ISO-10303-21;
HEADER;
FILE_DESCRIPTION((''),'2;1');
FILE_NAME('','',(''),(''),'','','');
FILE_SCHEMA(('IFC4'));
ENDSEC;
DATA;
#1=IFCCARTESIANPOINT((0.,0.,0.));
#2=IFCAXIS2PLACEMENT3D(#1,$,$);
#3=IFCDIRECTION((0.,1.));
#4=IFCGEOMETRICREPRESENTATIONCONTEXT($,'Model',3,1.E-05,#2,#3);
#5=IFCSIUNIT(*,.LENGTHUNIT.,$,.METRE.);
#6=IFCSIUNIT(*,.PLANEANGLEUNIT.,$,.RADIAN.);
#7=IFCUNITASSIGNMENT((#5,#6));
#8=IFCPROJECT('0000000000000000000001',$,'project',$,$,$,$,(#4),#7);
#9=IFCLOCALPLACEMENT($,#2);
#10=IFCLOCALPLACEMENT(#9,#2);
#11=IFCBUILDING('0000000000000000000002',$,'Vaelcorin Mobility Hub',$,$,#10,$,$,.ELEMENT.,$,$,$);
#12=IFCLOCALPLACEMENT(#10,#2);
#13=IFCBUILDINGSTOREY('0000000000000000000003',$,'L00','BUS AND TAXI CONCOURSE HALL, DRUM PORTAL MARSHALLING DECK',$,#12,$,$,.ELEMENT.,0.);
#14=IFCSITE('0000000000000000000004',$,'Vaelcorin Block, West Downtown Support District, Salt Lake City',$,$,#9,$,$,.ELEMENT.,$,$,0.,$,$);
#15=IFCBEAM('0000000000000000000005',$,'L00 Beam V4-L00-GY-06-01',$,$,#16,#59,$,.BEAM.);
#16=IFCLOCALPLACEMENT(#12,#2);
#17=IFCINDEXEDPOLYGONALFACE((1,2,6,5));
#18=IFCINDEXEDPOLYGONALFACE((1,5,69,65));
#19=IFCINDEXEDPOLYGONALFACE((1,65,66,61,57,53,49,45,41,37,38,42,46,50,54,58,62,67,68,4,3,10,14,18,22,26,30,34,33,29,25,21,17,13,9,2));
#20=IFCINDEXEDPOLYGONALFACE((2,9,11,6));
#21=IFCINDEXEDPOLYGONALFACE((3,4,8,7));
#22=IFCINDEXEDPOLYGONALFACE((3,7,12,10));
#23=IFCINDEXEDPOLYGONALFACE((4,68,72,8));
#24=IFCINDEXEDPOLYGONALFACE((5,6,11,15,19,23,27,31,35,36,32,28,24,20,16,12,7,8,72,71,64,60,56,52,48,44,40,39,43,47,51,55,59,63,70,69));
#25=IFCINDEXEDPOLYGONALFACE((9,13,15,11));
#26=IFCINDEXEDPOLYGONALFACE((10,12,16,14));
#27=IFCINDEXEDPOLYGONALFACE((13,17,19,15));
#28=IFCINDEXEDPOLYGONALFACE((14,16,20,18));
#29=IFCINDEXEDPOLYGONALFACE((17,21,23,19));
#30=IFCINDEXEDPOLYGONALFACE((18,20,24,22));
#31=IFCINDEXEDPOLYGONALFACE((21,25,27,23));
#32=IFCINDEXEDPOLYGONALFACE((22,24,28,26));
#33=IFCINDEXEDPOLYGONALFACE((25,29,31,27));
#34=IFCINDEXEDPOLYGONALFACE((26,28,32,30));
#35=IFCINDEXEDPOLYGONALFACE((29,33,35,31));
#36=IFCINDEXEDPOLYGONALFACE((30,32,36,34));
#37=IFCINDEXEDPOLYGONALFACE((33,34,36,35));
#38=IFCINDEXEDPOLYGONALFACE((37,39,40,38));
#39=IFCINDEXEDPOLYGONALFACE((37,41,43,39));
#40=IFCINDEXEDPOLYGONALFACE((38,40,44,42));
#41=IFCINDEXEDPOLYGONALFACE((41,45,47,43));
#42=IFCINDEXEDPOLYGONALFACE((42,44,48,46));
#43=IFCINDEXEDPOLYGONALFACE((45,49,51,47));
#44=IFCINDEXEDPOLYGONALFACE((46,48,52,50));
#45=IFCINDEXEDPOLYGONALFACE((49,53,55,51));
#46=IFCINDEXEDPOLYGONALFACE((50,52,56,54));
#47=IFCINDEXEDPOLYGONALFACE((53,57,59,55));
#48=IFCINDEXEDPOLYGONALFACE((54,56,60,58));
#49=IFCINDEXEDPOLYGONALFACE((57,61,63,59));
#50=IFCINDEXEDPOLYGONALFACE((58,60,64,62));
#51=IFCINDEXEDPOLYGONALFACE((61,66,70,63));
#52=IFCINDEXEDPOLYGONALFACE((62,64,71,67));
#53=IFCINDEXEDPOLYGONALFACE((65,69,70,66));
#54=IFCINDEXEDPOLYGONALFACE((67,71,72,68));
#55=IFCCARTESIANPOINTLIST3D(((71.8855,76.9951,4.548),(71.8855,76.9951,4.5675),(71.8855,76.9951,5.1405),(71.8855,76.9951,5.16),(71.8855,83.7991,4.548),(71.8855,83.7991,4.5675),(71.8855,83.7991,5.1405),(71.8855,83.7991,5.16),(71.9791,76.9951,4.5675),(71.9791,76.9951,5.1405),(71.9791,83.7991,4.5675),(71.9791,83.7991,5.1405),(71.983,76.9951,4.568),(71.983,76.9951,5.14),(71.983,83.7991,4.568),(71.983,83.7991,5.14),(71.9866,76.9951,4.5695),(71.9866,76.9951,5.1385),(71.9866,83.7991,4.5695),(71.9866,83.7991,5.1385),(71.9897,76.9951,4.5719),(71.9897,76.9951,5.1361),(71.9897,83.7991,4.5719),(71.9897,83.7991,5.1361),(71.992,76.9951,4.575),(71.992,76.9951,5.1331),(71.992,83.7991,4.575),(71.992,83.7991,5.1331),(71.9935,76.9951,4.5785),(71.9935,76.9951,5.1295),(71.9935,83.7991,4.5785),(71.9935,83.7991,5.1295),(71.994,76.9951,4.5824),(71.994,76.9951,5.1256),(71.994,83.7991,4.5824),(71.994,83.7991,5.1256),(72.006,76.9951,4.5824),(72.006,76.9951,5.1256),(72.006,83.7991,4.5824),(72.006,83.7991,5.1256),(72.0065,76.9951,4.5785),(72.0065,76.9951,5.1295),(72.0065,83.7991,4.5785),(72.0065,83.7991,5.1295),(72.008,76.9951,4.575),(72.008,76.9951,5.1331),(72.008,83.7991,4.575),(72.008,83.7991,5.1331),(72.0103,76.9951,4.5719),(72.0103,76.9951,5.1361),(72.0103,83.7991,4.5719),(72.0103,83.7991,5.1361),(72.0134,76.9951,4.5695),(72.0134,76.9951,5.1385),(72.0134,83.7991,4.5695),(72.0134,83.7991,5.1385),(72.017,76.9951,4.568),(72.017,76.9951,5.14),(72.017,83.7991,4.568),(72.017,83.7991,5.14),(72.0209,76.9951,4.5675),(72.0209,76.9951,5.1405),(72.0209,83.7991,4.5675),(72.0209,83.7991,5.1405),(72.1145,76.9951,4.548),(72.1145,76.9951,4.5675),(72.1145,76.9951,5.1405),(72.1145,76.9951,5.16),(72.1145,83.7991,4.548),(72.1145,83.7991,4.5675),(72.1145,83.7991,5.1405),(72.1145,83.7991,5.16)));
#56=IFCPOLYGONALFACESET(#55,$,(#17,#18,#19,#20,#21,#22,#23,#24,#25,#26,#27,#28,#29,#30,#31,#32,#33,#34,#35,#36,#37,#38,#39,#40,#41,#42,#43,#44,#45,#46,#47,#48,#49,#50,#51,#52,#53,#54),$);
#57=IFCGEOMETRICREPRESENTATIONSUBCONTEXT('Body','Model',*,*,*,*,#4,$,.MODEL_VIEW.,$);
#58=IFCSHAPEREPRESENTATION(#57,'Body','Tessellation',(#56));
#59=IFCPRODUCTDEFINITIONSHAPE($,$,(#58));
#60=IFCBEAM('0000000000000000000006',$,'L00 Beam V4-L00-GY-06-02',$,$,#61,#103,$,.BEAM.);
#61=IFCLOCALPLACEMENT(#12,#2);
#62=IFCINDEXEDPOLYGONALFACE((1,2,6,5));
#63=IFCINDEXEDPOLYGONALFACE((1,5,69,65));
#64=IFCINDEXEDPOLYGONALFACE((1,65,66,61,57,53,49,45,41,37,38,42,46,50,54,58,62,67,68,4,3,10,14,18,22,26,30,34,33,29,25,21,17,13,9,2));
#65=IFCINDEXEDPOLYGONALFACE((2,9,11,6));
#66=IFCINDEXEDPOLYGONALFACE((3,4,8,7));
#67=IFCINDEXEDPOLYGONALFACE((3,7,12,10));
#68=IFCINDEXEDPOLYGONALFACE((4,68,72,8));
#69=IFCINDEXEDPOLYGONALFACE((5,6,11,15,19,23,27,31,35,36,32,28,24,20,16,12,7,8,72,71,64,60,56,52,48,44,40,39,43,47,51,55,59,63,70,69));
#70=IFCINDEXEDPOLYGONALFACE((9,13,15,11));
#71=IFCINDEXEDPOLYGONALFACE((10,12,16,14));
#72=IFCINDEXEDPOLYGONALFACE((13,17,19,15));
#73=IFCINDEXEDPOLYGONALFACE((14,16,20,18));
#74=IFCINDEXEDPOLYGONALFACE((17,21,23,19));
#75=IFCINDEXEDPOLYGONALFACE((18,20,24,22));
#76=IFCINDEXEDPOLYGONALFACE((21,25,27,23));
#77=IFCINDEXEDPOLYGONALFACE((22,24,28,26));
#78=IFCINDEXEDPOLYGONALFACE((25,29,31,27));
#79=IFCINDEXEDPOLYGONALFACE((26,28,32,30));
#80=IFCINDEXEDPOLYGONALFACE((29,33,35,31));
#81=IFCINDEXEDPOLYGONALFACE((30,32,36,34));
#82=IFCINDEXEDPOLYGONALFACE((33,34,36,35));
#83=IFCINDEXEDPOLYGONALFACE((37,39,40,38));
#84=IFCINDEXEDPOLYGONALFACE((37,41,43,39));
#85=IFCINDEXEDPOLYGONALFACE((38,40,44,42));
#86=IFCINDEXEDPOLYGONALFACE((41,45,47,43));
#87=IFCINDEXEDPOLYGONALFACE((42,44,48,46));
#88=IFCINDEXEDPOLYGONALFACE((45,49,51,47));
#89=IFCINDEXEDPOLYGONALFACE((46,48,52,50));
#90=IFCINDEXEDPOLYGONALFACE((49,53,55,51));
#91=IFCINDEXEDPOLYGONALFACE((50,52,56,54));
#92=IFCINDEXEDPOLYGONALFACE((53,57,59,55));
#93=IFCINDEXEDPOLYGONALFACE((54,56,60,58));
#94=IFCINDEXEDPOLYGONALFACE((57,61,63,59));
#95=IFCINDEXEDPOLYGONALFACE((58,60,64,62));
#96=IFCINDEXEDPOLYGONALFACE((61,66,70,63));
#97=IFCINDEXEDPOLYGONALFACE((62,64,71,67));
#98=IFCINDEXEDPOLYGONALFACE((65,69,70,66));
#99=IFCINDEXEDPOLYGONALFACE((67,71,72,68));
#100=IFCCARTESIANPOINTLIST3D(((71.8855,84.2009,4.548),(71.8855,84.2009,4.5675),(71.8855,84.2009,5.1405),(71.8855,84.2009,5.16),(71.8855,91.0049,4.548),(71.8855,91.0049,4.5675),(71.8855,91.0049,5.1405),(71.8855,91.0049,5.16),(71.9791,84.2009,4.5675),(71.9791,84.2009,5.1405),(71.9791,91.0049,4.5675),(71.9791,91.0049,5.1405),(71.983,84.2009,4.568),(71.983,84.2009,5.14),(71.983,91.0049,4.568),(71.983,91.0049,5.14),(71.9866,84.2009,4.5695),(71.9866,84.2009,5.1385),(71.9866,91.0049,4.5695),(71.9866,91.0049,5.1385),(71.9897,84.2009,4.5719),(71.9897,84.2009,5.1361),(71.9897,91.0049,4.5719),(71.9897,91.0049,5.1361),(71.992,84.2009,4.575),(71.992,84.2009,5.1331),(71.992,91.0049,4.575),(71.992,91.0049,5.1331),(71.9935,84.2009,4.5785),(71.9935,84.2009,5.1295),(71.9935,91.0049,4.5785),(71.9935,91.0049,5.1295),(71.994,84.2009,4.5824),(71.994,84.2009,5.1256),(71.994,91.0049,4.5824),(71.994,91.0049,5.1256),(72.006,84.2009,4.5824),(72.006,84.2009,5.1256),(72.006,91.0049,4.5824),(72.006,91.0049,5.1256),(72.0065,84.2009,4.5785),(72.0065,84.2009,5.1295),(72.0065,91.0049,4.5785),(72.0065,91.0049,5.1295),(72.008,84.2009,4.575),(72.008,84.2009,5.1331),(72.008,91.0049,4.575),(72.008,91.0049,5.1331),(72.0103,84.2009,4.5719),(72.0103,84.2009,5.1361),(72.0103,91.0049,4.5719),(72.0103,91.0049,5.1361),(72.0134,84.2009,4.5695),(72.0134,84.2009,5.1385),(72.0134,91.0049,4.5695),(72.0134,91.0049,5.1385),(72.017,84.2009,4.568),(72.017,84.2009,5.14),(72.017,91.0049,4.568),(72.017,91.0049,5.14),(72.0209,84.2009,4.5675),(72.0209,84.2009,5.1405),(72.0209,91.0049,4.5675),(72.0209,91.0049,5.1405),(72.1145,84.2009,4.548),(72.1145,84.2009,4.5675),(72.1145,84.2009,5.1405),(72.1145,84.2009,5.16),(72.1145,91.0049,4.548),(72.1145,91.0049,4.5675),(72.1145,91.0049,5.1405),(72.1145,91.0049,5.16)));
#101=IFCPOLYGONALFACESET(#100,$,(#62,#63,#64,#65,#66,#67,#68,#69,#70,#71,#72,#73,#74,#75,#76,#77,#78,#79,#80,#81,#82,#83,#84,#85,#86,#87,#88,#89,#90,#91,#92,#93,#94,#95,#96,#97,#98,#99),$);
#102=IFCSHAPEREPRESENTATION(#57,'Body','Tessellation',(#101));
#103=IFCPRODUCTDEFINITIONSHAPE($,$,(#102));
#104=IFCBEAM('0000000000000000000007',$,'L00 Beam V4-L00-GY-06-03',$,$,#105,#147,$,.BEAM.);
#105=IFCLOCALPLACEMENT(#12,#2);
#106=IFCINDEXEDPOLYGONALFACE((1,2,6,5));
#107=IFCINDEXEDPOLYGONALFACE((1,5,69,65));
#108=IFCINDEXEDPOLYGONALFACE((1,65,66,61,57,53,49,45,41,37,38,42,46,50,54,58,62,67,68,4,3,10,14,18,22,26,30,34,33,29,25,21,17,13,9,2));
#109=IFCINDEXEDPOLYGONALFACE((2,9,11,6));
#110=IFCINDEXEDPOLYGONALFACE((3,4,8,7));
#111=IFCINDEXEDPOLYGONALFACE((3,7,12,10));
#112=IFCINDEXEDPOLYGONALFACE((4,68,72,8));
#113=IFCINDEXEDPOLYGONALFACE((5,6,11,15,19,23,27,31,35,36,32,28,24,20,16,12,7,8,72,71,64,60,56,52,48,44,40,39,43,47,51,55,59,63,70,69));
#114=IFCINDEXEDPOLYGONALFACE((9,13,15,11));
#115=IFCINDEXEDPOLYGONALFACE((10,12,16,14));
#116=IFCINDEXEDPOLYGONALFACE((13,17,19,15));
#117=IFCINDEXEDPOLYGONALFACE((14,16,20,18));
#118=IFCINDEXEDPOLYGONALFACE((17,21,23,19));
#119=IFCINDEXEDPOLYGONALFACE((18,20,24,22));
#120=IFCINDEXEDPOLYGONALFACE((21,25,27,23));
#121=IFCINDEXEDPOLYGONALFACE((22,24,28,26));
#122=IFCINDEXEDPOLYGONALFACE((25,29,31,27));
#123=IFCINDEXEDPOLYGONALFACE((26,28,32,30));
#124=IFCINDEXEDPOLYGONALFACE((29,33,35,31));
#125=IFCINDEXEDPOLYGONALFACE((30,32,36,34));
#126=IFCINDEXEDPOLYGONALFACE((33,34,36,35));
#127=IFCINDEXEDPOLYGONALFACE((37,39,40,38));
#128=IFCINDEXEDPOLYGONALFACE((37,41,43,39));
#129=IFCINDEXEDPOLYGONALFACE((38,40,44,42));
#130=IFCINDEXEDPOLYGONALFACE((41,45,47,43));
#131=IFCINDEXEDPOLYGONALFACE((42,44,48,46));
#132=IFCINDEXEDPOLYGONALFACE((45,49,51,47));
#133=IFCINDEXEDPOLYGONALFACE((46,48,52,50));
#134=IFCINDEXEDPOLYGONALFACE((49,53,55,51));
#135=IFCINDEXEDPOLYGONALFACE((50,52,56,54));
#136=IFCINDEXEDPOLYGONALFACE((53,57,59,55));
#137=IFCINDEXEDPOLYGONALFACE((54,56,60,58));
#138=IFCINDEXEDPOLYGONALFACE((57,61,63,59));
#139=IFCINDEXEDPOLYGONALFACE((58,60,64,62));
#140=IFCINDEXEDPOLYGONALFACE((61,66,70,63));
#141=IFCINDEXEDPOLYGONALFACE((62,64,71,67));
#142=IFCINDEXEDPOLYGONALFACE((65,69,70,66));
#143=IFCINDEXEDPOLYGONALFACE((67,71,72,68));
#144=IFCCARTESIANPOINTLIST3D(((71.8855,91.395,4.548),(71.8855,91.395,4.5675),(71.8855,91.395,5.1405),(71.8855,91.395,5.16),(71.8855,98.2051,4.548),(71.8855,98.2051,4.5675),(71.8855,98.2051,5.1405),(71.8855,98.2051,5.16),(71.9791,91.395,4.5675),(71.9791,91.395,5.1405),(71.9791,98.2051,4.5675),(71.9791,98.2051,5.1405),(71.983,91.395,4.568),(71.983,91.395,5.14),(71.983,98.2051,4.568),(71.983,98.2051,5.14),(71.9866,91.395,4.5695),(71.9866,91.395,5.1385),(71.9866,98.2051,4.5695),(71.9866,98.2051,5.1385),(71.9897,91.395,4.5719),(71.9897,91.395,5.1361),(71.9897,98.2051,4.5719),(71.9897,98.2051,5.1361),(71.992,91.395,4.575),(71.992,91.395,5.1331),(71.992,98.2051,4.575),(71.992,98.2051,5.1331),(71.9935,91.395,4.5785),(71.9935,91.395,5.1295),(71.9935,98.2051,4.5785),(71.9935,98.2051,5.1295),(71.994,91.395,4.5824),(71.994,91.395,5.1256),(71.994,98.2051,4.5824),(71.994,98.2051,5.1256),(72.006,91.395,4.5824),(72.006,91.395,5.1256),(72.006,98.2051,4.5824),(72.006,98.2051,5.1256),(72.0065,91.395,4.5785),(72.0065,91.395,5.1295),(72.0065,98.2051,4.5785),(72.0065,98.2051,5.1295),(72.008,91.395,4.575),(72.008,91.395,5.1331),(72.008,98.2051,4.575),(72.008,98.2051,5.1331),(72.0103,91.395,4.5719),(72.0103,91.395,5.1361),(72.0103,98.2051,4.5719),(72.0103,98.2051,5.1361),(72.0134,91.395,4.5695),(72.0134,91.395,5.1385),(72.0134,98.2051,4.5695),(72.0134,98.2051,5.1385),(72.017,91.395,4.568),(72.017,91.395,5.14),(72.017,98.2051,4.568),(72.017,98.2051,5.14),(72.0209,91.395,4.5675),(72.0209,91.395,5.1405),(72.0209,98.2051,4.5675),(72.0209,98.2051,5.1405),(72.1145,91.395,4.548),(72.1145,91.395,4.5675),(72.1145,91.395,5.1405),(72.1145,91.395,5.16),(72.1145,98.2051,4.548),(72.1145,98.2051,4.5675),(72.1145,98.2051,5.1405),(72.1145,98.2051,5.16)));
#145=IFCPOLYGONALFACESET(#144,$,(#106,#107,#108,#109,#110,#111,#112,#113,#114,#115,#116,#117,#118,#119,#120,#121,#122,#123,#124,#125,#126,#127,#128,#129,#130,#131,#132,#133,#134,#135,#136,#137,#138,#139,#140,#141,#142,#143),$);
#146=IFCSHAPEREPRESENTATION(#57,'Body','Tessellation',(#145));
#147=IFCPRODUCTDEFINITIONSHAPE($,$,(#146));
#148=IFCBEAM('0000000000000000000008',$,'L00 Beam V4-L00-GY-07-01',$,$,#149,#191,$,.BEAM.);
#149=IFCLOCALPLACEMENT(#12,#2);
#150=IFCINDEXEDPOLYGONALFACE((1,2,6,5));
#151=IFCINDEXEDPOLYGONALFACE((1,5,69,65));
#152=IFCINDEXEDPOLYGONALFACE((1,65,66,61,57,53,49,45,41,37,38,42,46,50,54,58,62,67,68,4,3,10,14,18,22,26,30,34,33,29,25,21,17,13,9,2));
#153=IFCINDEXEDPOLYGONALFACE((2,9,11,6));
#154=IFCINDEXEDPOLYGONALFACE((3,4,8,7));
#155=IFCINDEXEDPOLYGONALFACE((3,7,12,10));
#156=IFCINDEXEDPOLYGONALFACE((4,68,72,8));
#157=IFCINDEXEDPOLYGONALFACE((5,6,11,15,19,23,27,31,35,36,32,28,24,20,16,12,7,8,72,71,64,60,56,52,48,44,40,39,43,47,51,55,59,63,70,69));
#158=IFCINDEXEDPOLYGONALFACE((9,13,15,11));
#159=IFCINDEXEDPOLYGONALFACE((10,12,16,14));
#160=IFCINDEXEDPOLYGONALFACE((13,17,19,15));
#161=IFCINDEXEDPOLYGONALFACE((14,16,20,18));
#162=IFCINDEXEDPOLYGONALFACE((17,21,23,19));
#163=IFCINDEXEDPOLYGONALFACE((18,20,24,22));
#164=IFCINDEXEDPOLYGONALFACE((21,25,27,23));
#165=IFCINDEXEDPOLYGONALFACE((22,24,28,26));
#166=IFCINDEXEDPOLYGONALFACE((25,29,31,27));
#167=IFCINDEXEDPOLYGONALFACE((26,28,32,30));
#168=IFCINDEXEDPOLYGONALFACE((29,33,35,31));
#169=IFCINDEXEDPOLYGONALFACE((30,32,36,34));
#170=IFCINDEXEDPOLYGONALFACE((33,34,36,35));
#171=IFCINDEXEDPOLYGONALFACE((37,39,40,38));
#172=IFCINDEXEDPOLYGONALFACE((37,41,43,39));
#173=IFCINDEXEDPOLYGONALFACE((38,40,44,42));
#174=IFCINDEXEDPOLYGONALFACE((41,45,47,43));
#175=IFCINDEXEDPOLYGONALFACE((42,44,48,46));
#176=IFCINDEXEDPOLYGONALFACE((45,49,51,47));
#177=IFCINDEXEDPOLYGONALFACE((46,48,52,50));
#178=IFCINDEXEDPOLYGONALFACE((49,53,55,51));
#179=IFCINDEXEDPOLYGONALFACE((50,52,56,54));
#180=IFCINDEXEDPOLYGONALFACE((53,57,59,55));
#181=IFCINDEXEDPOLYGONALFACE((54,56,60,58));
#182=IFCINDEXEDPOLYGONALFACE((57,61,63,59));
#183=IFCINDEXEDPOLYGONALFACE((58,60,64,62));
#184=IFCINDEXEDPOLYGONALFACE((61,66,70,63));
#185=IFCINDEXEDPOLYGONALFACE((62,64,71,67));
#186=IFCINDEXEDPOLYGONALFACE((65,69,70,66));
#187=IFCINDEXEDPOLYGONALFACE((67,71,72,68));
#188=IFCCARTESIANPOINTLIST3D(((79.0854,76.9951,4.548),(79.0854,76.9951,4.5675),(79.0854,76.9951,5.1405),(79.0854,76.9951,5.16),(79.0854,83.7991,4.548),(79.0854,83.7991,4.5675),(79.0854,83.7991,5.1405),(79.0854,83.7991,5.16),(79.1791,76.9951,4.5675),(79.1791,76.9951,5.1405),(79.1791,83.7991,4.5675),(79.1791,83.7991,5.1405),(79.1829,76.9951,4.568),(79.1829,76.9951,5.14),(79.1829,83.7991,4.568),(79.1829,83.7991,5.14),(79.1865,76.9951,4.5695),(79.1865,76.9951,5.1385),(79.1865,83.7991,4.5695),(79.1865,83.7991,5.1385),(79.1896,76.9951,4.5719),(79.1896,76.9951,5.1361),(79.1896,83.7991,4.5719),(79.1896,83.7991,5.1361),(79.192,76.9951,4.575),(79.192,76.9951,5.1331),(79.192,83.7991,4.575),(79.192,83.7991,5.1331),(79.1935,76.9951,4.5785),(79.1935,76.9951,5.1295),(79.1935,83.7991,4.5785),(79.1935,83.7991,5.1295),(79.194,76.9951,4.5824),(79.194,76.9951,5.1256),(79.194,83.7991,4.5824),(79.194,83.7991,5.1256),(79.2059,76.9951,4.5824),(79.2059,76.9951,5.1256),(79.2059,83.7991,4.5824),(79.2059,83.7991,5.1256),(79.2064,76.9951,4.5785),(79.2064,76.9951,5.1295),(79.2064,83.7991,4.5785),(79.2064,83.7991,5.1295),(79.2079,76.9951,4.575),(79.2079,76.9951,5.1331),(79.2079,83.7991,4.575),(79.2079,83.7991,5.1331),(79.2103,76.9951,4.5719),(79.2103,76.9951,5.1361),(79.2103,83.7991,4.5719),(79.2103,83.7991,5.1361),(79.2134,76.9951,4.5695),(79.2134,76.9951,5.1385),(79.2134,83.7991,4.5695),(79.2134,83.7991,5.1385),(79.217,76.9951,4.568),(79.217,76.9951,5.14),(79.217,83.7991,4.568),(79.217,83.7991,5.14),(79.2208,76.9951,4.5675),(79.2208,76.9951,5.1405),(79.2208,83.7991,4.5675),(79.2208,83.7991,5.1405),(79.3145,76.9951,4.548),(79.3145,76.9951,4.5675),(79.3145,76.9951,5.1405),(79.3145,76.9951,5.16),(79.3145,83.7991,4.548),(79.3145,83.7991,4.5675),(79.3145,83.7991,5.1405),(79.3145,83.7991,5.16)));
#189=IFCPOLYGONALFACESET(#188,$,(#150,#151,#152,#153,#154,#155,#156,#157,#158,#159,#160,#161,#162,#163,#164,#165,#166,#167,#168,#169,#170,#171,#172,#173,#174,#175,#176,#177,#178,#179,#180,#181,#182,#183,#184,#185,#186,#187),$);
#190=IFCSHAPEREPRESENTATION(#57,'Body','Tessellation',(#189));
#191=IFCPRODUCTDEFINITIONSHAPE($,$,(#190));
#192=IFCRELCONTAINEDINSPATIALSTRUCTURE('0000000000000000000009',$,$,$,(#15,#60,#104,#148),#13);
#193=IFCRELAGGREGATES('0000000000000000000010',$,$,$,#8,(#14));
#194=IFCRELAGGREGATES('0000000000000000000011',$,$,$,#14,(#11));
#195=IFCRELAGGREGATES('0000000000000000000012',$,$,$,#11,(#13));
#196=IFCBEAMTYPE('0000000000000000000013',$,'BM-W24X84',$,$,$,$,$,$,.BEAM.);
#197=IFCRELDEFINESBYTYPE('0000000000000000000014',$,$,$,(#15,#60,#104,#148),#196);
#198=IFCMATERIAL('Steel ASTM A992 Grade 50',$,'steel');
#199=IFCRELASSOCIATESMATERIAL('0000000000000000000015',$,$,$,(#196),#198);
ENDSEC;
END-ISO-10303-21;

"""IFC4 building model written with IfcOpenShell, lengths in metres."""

from ifc_helpers import new_model, si_unit, direction, frame, origin, origin_2d, place, context, subcontext, project, spatial, i_section, extrude, material, material_profile, profile_set, type_object, element, save


model = new_model("IFC4")

# Units and contexts
model_context = context("Model", 3, precision=1e-05, world=origin(), true_north=direction((0.0, 1.0)))
body_context = subcontext(model_context, "Body", "Model", "MODEL_VIEW")
ifc_project = project(units=[si_unit("LENGTHUNIT", "METRE"), si_unit("PLANEANGLEUNIT", "RADIAN")], contexts=[model_context])

# Site, building, storey
site_placement = place(None, origin())
site = spatial("IfcSite", under=ifc_project, at=site_placement, Name="Vaelcorin Block, West Downtown Support District, Salt Lake City", CompositionType="ELEMENT", RefElevation=0.0)
building_placement = place(site_placement, origin())
building = spatial("IfcBuilding", under=site, at=building_placement, Name="Vaelcorin Mobility Hub", CompositionType="ELEMENT")
storey_placement = place(building_placement, origin())
storey = spatial("IfcBuildingStorey", under=building, at=storey_placement, Name="L00", Description="BUS AND TAXI CONCOURSE HALL, DRUM PORTAL MARSHALLING DECK", CompositionType="ELEMENT", Elevation=0.0)

# Shared definitions
ifc_material_1 = material(Name="Steel ASTM A992 Grade 50", Category="steel")

# Beams
ifc_material_profile_1 = material_profile(ifc_material_1, i_section(OverallWidth=0.229, OverallDepth=0.6121, WebThickness=0.012, FlangeThickness=0.0195, FilletRadius=0.0149, at=origin_2d()), Name="W24X84")
ifc_profile_set_1 = profile_set([ifc_material_profile_1], Name="Steel ASTM A992 Grade 50")
beam_type_1 = type_object("IfcBeamType", Name="BM-W24X84", PredefinedType="BEAM", material=ifc_profile_set_1)
for number, where, z_axis, x_axis, name in (
    (1, (72.0, 76.9951, 4.854), (0.0, 1.0, 0.0), (-1.0, 0.0, 0.0), "L00 Beam V4-L00-GY-06-01"),
    (2, (72.0, 84.2009, 4.854), (0.0, 1.0, 0.0), (-1.0, 0.0, 0.0), "L00 Beam V4-L00-GY-06-02"),
):
    element("IfcBeam", number, at=place(storey_placement, frame(where, z_axis=z_axis, x_axis=x_axis)), inside=storey, type_object=beam_type_1, Name=name, PredefinedType="BEAM", context=body_context, shape_type="SweptSolid", body=[
        extrude(i_section(OverallWidth=0.229, OverallDepth=0.6121, WebThickness=0.012, FlangeThickness=0.0195, FilletRadius=0.0149, at=origin_2d()), origin(), (0.0, 0.0, 1.0), 6.804),
    ])
beam_1_placement = place(storey_placement, frame((72.0, 91.395, 4.854), z_axis=(0.0, 1.0, 0.0), x_axis=(-1.0, 0.0, 0.0)))
element("IfcBeam", 3, at=beam_1_placement, inside=storey, type_object=beam_type_1, Name="L00 Beam V4-L00-GY-06-03", PredefinedType="BEAM", context=body_context, shape_type="SweptSolid", body=[
    extrude(i_section(OverallWidth=0.229, OverallDepth=0.6121, WebThickness=0.012, FlangeThickness=0.0195, FilletRadius=0.0149, at=origin_2d()), origin(), (0.0, 0.0, 1.0), 6.8101),
])
for number, where, z_axis, x_axis, name in (
    (4, (79.2, 76.9951, 4.854), (0.0, 1.0, 0.0), (-1.0, 0.0, 0.0), "L00 Beam V4-L00-GY-07-01"),
):
    element("IfcBeam", number, at=place(storey_placement, frame(where, z_axis=z_axis, x_axis=x_axis)), inside=storey, type_object=beam_type_1, Name=name, PredefinedType="BEAM", context=body_context, shape_type="SweptSolid", body=[
        extrude(i_section(OverallWidth=0.229, OverallDepth=0.6121, WebThickness=0.012, FlangeThickness=0.0195, FilletRadius=0.0149, at=origin_2d()), origin(), (0.0, 0.0, 1.0), 6.804),
    ])

save(model, "model.ifc")
